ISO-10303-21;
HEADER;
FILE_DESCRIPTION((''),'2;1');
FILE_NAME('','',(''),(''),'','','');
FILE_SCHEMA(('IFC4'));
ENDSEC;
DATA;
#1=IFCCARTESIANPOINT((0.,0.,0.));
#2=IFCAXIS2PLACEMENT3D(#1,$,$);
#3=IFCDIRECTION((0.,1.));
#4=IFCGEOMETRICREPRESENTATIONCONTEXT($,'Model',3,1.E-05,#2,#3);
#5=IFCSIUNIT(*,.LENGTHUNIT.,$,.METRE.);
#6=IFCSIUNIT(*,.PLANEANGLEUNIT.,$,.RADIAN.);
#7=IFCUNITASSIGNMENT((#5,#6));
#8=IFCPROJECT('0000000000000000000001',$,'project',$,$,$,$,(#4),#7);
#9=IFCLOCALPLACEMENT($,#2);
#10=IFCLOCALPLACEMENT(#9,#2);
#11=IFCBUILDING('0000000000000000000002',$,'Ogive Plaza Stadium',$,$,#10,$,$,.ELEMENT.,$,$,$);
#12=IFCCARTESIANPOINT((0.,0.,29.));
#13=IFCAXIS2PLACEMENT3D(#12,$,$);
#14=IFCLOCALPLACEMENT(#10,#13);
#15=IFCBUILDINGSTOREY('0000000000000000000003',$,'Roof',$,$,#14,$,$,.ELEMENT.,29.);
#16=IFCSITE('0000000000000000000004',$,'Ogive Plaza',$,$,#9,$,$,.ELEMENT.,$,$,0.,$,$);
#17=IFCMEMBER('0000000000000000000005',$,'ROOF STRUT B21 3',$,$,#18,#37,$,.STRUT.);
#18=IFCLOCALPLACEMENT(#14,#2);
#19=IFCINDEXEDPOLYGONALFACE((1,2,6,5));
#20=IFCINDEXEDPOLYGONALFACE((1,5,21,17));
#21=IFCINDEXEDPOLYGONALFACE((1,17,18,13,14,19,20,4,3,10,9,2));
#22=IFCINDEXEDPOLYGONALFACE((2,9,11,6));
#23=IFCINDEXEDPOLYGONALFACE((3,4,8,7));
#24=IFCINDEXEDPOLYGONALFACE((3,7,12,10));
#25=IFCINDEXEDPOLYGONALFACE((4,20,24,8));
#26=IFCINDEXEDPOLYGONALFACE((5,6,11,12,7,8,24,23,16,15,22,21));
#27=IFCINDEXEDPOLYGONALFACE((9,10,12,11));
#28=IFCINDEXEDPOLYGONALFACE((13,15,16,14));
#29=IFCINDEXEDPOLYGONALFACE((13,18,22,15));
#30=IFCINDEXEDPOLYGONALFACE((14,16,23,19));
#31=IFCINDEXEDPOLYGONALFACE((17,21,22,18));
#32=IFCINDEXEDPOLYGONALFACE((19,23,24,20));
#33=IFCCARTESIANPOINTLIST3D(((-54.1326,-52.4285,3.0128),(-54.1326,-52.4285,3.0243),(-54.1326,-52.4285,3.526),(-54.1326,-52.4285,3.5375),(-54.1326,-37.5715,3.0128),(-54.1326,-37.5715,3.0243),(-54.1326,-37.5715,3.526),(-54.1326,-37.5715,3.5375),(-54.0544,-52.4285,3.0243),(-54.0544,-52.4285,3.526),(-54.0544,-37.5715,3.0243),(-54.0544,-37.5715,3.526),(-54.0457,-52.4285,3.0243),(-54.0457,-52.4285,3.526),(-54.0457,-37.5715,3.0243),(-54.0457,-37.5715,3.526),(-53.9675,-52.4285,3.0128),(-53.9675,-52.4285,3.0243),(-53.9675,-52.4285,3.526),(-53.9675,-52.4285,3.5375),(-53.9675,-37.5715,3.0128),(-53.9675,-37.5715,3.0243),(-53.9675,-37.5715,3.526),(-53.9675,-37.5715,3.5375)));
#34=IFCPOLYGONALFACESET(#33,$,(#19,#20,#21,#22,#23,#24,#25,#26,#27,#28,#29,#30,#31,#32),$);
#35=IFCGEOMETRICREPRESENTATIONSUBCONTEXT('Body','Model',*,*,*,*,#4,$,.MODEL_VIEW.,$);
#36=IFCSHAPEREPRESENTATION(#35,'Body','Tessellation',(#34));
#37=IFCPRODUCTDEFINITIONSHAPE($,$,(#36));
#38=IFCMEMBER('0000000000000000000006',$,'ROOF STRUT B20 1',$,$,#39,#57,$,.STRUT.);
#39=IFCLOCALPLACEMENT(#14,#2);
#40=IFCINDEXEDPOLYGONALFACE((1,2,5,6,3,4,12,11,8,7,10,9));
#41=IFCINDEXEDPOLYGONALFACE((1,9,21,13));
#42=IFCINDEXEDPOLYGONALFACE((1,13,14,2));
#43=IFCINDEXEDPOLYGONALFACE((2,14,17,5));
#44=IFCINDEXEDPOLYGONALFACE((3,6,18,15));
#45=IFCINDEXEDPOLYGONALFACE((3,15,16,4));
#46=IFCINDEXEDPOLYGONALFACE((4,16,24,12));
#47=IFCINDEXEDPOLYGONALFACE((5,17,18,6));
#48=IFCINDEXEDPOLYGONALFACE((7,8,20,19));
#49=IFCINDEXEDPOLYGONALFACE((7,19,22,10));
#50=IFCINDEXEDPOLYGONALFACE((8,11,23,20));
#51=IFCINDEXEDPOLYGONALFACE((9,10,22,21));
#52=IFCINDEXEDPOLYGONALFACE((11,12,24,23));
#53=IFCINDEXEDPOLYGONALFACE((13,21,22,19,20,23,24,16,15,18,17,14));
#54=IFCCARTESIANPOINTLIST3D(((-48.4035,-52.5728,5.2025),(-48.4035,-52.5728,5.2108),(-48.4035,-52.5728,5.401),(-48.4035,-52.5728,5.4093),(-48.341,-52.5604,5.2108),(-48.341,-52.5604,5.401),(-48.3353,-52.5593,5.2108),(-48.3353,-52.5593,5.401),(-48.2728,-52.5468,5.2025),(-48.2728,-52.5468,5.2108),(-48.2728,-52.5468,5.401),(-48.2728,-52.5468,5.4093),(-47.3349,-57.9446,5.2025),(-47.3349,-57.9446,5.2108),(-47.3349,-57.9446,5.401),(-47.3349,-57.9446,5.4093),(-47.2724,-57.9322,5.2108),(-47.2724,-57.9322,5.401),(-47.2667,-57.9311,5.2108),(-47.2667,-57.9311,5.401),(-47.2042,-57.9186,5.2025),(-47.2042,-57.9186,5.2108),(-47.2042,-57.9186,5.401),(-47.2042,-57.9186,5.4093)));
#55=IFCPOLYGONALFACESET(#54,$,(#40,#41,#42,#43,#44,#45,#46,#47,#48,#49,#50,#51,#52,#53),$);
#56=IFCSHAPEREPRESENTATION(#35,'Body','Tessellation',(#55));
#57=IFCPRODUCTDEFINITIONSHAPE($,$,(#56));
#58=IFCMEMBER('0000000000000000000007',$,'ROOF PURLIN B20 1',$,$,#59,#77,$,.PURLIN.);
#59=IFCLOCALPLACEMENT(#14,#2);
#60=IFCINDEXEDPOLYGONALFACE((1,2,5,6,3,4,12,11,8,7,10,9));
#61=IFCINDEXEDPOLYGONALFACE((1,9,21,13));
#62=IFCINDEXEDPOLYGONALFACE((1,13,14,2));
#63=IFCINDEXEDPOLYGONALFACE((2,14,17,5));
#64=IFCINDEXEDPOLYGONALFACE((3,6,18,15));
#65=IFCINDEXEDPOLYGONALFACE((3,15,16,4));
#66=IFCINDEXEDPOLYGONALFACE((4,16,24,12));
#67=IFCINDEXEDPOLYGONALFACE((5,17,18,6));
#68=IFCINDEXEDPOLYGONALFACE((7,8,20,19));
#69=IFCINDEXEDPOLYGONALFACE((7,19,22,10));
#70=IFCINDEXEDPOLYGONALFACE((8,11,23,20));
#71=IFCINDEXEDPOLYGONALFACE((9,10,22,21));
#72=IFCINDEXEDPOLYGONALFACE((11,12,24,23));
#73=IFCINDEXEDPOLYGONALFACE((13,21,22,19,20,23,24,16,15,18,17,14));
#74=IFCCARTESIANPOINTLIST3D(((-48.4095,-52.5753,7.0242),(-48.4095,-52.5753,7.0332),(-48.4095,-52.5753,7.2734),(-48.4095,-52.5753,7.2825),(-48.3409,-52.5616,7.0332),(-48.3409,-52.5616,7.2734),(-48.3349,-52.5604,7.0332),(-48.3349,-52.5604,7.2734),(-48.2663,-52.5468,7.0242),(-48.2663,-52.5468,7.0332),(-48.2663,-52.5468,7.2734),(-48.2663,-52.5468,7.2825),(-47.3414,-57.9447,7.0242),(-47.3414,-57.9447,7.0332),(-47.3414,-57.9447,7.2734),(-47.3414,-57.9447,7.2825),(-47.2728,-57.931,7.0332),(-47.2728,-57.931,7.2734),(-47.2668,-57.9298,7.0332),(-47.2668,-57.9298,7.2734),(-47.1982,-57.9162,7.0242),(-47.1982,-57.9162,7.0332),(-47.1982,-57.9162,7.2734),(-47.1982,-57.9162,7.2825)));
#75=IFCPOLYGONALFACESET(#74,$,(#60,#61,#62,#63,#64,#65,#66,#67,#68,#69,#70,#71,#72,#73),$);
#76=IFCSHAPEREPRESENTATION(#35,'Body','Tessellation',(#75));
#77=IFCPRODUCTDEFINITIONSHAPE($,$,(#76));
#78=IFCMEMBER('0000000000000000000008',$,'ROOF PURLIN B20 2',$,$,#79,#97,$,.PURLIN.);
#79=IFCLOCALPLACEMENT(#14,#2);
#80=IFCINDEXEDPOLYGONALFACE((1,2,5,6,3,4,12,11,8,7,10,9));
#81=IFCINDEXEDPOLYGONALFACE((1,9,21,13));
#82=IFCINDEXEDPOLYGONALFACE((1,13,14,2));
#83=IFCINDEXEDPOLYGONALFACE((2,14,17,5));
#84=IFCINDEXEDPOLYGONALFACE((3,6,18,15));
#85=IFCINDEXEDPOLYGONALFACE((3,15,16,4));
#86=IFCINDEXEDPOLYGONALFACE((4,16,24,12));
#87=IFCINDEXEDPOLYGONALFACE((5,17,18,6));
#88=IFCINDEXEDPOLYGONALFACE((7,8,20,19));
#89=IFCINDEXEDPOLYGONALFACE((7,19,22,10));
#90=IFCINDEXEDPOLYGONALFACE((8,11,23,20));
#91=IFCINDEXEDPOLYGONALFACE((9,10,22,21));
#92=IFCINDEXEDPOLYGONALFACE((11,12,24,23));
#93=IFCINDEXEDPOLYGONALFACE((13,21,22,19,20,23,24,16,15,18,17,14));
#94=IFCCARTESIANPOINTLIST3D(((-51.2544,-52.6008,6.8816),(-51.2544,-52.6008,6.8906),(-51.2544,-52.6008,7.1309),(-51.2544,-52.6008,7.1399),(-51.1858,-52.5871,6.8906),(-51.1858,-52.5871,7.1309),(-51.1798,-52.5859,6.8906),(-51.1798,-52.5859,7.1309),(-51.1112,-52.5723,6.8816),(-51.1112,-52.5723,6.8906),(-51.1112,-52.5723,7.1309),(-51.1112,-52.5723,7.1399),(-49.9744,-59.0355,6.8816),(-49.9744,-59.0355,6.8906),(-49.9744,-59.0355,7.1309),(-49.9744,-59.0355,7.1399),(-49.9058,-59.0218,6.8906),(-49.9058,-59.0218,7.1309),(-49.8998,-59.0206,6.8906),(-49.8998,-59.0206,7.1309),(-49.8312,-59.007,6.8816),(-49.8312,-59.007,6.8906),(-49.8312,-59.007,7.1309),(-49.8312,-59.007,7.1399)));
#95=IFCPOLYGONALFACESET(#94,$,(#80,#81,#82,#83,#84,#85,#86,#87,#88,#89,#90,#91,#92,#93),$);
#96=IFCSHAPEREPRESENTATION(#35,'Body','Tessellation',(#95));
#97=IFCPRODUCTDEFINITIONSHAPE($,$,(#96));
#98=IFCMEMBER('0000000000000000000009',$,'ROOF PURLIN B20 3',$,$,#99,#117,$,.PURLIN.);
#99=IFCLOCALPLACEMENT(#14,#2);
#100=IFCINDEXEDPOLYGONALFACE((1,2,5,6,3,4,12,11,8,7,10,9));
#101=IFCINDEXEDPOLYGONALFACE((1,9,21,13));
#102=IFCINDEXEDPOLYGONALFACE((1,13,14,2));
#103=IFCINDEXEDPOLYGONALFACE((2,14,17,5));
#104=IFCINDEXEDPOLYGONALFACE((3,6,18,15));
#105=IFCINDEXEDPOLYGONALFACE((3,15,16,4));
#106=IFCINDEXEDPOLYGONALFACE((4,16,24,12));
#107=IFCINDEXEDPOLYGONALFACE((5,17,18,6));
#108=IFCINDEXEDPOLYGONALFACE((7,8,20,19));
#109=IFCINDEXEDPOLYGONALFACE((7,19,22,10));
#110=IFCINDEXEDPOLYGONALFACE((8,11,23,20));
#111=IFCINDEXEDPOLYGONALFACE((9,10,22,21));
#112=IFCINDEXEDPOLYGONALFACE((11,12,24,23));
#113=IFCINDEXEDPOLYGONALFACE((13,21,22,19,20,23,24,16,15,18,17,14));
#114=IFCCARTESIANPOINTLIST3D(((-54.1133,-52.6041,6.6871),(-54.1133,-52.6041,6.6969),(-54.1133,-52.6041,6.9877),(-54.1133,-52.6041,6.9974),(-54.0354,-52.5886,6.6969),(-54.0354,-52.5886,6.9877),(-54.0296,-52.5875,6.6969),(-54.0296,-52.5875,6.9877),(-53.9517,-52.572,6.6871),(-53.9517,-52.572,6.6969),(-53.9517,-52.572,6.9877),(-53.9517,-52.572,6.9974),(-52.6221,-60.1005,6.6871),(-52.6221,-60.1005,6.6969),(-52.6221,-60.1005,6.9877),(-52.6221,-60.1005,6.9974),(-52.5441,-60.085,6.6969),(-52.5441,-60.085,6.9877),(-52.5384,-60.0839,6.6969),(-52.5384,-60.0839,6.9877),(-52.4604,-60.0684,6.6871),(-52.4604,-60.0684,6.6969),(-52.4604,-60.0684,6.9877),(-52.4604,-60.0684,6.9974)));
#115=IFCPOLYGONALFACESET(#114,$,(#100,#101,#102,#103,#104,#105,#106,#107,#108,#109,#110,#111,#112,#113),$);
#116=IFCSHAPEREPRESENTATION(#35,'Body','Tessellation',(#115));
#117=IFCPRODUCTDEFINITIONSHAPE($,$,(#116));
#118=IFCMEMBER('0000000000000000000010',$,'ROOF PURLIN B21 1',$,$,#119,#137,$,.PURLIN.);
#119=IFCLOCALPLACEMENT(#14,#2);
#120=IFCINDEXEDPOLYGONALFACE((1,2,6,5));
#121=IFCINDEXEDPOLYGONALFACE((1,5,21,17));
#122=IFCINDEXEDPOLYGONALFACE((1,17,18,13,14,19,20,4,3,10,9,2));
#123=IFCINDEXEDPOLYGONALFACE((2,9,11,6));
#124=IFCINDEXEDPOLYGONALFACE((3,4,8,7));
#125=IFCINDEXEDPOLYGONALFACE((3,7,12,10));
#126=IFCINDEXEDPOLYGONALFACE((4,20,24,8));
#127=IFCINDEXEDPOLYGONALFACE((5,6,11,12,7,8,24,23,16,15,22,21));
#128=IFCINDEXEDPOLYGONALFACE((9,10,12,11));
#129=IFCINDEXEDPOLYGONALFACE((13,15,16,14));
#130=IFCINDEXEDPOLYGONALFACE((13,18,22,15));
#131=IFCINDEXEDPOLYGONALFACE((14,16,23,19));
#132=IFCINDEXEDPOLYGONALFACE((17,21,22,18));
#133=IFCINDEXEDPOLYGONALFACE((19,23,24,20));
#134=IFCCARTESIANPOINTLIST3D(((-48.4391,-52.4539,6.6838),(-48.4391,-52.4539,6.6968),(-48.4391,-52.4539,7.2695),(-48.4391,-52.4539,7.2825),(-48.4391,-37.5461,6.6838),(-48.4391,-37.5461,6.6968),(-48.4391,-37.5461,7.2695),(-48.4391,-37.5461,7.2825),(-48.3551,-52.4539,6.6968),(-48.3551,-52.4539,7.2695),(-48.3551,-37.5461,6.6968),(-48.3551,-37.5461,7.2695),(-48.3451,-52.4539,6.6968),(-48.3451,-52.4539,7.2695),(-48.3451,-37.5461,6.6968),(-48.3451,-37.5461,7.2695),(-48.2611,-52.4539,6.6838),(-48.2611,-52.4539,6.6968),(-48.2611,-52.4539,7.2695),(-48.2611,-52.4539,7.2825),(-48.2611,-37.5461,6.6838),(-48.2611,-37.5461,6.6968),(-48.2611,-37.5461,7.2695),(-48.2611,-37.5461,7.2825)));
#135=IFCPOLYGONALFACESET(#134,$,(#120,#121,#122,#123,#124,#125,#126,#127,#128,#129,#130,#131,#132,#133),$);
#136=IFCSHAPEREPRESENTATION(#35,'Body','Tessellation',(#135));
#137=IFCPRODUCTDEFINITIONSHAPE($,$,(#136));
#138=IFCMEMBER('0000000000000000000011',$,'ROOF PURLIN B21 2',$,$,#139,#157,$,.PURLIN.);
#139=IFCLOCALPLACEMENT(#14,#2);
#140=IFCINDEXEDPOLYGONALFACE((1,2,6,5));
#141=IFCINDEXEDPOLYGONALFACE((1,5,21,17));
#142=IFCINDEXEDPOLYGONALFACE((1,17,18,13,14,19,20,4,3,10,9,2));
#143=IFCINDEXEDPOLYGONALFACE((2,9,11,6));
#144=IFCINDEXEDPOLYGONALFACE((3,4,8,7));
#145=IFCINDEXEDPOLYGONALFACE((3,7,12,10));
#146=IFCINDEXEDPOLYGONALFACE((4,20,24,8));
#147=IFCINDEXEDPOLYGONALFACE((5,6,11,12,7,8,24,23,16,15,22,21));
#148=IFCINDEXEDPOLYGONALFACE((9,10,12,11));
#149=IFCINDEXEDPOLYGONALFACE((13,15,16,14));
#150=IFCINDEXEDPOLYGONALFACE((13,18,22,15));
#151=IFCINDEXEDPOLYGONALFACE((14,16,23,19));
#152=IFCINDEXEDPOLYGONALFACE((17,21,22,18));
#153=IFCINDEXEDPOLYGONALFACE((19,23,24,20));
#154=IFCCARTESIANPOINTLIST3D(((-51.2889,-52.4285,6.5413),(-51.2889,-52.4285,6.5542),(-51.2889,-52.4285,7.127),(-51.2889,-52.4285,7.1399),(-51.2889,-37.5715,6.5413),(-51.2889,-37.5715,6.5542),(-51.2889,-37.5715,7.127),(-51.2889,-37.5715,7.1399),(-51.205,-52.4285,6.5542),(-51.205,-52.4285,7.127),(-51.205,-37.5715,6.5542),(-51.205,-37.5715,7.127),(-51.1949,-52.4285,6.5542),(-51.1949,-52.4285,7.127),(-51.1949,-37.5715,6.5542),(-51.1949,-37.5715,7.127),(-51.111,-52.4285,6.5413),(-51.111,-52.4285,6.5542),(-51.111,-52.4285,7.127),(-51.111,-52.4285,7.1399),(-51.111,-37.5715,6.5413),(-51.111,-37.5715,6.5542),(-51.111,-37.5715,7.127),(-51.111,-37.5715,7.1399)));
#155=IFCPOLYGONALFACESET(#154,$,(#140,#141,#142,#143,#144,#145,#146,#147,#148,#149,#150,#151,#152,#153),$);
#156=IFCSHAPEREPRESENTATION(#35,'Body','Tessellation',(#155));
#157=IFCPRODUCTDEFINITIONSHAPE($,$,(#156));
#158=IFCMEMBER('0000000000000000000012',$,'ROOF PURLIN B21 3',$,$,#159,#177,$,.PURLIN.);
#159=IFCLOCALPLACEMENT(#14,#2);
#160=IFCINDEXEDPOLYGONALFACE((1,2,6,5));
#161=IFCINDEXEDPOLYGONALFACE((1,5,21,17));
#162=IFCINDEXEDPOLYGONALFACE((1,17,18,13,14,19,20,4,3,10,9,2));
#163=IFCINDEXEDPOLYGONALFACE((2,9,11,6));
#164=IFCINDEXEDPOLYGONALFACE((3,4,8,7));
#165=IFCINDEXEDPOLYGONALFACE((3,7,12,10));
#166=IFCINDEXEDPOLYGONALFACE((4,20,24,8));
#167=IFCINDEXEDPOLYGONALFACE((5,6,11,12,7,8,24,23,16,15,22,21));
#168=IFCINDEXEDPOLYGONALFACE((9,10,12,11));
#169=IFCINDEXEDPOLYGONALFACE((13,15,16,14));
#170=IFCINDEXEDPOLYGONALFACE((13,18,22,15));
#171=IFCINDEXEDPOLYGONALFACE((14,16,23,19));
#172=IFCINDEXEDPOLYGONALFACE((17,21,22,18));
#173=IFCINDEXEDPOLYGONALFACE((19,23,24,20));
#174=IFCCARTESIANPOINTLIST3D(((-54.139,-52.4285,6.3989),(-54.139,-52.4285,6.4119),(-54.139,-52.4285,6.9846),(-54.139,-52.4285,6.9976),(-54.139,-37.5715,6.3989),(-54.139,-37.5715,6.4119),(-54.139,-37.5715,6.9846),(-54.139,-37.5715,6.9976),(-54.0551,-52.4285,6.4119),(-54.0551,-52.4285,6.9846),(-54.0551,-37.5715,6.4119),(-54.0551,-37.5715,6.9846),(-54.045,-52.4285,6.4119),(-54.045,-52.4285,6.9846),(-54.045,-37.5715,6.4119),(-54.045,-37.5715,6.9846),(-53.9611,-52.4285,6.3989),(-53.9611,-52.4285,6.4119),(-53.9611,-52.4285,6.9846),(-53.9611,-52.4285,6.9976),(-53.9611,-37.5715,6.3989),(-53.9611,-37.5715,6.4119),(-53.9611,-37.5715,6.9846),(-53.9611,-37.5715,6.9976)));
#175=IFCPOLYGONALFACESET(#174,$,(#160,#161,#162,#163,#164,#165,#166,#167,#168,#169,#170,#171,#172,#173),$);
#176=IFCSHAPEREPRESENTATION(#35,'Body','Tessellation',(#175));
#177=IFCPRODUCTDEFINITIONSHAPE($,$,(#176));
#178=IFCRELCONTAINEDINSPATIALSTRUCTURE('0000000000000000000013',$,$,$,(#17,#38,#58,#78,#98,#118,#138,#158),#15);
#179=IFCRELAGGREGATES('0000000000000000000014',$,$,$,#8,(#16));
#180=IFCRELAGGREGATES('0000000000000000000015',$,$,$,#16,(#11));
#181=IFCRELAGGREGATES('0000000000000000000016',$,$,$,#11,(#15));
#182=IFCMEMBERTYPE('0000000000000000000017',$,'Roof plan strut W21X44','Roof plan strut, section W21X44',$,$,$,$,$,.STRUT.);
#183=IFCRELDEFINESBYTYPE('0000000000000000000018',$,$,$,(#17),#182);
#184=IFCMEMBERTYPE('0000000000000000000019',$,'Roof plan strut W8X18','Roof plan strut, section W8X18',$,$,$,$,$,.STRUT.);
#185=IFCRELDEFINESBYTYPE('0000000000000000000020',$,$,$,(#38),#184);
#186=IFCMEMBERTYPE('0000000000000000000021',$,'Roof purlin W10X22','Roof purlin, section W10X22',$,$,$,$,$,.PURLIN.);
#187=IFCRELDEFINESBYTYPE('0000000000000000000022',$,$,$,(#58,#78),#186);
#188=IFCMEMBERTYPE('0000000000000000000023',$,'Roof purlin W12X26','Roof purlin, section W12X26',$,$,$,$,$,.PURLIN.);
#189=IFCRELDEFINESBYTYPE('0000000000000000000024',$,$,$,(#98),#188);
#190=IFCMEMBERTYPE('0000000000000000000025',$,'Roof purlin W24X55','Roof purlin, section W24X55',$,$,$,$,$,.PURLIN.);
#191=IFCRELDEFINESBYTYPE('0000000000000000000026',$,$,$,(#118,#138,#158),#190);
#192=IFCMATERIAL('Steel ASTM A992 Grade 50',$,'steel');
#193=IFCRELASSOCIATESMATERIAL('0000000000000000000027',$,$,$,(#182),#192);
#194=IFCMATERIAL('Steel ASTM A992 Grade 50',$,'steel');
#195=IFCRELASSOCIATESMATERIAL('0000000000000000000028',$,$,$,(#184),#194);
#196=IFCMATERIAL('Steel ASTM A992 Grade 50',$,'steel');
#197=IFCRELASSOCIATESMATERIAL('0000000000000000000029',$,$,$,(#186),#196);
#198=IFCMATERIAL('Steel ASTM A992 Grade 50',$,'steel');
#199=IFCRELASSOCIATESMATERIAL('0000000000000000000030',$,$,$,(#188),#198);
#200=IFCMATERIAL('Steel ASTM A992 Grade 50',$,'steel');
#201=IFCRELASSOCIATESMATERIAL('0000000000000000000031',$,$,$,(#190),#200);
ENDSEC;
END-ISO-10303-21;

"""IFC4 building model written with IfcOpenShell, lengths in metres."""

from ifc_helpers import new_model, si_unit, direction, frame, origin, origin_2d, place, context, subcontext, project, spatial, i_section, extrude, material, material_profile, profile_set, type_object, element, save


model = new_model("IFC4")

# Units and contexts
model_context = context("Model", 3, precision=1e-05, world=origin(), true_north=direction((0.0, 1.0)))
body_context = subcontext(model_context, "Body", "Model", "MODEL_VIEW")
ifc_project = project(units=[si_unit("LENGTHUNIT", "METRE"), si_unit("PLANEANGLEUNIT", "RADIAN")], contexts=[model_context])

# Site, building, storey
site_placement = place(None, origin())
site = spatial("IfcSite", under=ifc_project, at=site_placement, Name="Ogive Plaza", CompositionType="ELEMENT", RefElevation=0.0)
building_placement = place(site_placement, origin())
building = spatial("IfcBuilding", under=site, at=building_placement, Name="Ogive Plaza Stadium", CompositionType="ELEMENT")
storey_placement = place(building_placement, frame((0.0, 0.0, 29.0)))
storey = spatial("IfcBuildingStorey", under=building, at=storey_placement, Name="Roof", CompositionType="ELEMENT", Elevation=29.0)

# Members
ifc_material_1 = material(Name="Steel ASTM A992 Grade 50", Category="steel")
ifc_material_profile_1 = material_profile(ifc_material_1, i_section(OverallWidth=0.165, OverallDepth=0.5247, WebThickness=0.0088, FlangeThickness=0.0115, at=origin_2d()), Name="W21X44")
ifc_profile_set_1 = profile_set([ifc_material_profile_1], Name="Steel ASTM A992 Grade 50")
member_type_1 = type_object("IfcMemberType", Name="Roof plan strut W21X44", Description="Roof plan strut, section W21X44", PredefinedType="STRUT", material=ifc_profile_set_1)
for number, where, z_axis, x_axis, name in (
    (1, (-54.05, -52.4285, 3.2751), (0.0, 1.0, 0.0), (-1.0, 0.0, 0.0), "ROOF STRUT B21 3"),
):
    element("IfcMember", number, at=place(storey_placement, frame(where, z_axis=z_axis, x_axis=x_axis)), inside=storey, type_object=member_type_1, Name=name, PredefinedType="STRUT", context=body_context, shape_type="SweptSolid", body=[
        extrude(i_section(OverallWidth=0.165, OverallDepth=0.5247, WebThickness=0.0088, FlangeThickness=0.0115, at=origin_2d()), origin(), (0.0, 0.0, 1.0), 14.8569),
    ])
ifc_material_2 = material(Name="Steel ASTM A992 Grade 50", Category="steel")
ifc_material_profile_2 = material_profile(ifc_material_2, i_section(OverallWidth=0.1333, OverallDepth=0.2068, WebThickness=0.0059, FlangeThickness=0.0083, at=origin_2d()), Name="W8X18")
ifc_profile_set_2 = profile_set([ifc_material_profile_2], Name="Steel ASTM A992 Grade 50")
member_type_2 = type_object("IfcMemberType", Name="Roof plan strut W8X18", Description="Roof plan strut, section W8X18", PredefinedType="STRUT", material=ifc_profile_set_2)
member_1_placement = place(storey_placement, frame((-47.2695, -57.9316, 5.3059), z_axis=(-0.195105, 0.980782, 0.0), x_axis=(-0.980782, -0.195105, 0.0)))
element("IfcMember", 2, at=member_1_placement, inside=storey, type_object=member_type_2, Name="ROOF STRUT B20 1", PredefinedType="STRUT", context=body_context, shape_type="SweptSolid", body=[
    extrude(i_section(OverallWidth=0.1333, OverallDepth=0.2068, WebThickness=0.0059, FlangeThickness=0.0083, at=origin_2d()), origin(), (0.0, 0.0, 1.0), 5.4771),
])
ifc_material_3 = material(Name="Steel ASTM A992 Grade 50", Category="steel")
ifc_material_profile_3 = material_profile(ifc_material_3, i_section(OverallWidth=0.146, OverallDepth=0.2583, WebThickness=0.0061, FlangeThickness=0.009, at=origin_2d()), Name="W10X22")
ifc_profile_set_3 = profile_set([ifc_material_profile_3], Name="Steel ASTM A992 Grade 50")
member_type_3 = type_object("IfcMemberType", Name="Roof purlin W10X22", Description="Roof purlin, section W10X22", PredefinedType="PURLIN", material=ifc_profile_set_3)
member_2_placement = place(storey_placement, frame((-47.2698, -57.9304, 7.1533), z_axis=(-0.195104, 0.980783, 0.0), x_axis=(-0.980783, -0.195104, 0.0)))
element("IfcMember", 3, at=member_2_placement, inside=storey, type_object=member_type_3, Name="ROOF PURLIN B20 1", PredefinedType="PURLIN", context=body_context, shape_type="SweptSolid", body=[
    extrude(i_section(OverallWidth=0.146, OverallDepth=0.2583, WebThickness=0.0061, FlangeThickness=0.009, at=origin_2d()), origin(), (0.0, 0.0, 1.0), 5.4746),
])
member_3_placement = place(storey_placement, frame((-49.9028, -59.0212, 7.0107), z_axis=(-0.1951, 0.980783, 0.0), x_axis=(-0.980783, -0.1951, 0.0)))
element("IfcMember", 4, at=member_3_placement, inside=storey, type_object=member_type_3, Name="ROOF PURLIN B20 2", PredefinedType="PURLIN", context=body_context, shape_type="SweptSolid", body=[
    extrude(i_section(OverallWidth=0.146, OverallDepth=0.2583, WebThickness=0.0061, FlangeThickness=0.009, at=origin_2d()), origin(), (0.0, 0.0, 1.0), 6.5608),
])
ifc_material_4 = material(Name="Steel ASTM A992 Grade 50", Category="steel")
ifc_material_profile_4 = material_profile(ifc_material_4, i_section(OverallWidth=0.1648, OverallDepth=0.3103, WebThickness=0.0059, FlangeThickness=0.0098, at=origin_2d()), Name="W12X26")
ifc_profile_set_4 = profile_set([ifc_material_profile_4], Name="Steel ASTM A992 Grade 50")
member_type_4 = type_object("IfcMemberType", Name="Roof purlin W12X26", Description="Roof purlin, section W12X26", PredefinedType="PURLIN", material=ifc_profile_set_4)
member_4_placement = place(storey_placement, frame((-52.5413, -60.0845, 6.8423), z_axis=(-0.195102, 0.980783, 0.0), x_axis=(-0.980783, -0.195102, 0.0)))
element("IfcMember", 5, at=member_4_placement, inside=storey, type_object=member_type_4, Name="ROOF PURLIN B20 3", PredefinedType="PURLIN", context=body_context, shape_type="SweptSolid", body=[
    extrude(i_section(OverallWidth=0.1648, OverallDepth=0.3103, WebThickness=0.0059, FlangeThickness=0.0098, at=origin_2d()), origin(), (0.0, 0.0, 1.0), 7.6433),
])
ifc_material_5 = material(Name="Steel ASTM A992 Grade 50", Category="steel")
ifc_material_profile_5 = material_profile(ifc_material_5, i_section(OverallWidth=0.178, OverallDepth=0.5986, WebThickness=0.01, FlangeThickness=0.0129, at=origin_2d()), Name="W24X55")
ifc_profile_set_5 = profile_set([ifc_material_profile_5], Name="Steel ASTM A992 Grade 50")
member_type_5 = type_object("IfcMemberType", Name="Roof purlin W24X55", Description="Roof purlin, section W24X55", PredefinedType="PURLIN", material=ifc_profile_set_5)
member_5_placement = place(storey_placement, frame((-48.3501, -52.4539, 6.9832), z_axis=(0.0, 1.0, 0.0), x_axis=(-1.0, 0.0, 0.0)))
element("IfcMember", 6, at=member_5_placement, inside=storey, type_object=member_type_5, Name="ROOF PURLIN B21 1", PredefinedType="PURLIN", context=body_context, shape_type="SweptSolid", body=[
    extrude(i_section(OverallWidth=0.178, OverallDepth=0.5986, WebThickness=0.01, FlangeThickness=0.0129, at=origin_2d()), origin(), (0.0, 0.0, 1.0), 14.9077),
])
for number, where, z_axis, x_axis, name in (
    (7, (-51.2, -52.4285, 6.8406), (0.0, 1.0, 0.0), (-1.0, 0.0, 0.0), "ROOF PURLIN B21 2"),
    (8, (-54.05, -52.4285, 6.6982), (0.0, 1.0, 0.0), (-1.0, 0.0, 0.0), "ROOF PURLIN B21 3"),
):
    element("IfcMember", number, at=place(storey_placement, frame(where, z_axis=z_axis, x_axis=x_axis)), inside=storey, type_object=member_type_5, Name=name, PredefinedType="PURLIN", context=body_context, shape_type="SweptSolid", body=[
        extrude(i_section(OverallWidth=0.178, OverallDepth=0.5986, WebThickness=0.01, FlangeThickness=0.0129, at=origin_2d()), origin(), (0.0, 0.0, 1.0), 14.8569),
    ])

save(model, "model.ifc")
